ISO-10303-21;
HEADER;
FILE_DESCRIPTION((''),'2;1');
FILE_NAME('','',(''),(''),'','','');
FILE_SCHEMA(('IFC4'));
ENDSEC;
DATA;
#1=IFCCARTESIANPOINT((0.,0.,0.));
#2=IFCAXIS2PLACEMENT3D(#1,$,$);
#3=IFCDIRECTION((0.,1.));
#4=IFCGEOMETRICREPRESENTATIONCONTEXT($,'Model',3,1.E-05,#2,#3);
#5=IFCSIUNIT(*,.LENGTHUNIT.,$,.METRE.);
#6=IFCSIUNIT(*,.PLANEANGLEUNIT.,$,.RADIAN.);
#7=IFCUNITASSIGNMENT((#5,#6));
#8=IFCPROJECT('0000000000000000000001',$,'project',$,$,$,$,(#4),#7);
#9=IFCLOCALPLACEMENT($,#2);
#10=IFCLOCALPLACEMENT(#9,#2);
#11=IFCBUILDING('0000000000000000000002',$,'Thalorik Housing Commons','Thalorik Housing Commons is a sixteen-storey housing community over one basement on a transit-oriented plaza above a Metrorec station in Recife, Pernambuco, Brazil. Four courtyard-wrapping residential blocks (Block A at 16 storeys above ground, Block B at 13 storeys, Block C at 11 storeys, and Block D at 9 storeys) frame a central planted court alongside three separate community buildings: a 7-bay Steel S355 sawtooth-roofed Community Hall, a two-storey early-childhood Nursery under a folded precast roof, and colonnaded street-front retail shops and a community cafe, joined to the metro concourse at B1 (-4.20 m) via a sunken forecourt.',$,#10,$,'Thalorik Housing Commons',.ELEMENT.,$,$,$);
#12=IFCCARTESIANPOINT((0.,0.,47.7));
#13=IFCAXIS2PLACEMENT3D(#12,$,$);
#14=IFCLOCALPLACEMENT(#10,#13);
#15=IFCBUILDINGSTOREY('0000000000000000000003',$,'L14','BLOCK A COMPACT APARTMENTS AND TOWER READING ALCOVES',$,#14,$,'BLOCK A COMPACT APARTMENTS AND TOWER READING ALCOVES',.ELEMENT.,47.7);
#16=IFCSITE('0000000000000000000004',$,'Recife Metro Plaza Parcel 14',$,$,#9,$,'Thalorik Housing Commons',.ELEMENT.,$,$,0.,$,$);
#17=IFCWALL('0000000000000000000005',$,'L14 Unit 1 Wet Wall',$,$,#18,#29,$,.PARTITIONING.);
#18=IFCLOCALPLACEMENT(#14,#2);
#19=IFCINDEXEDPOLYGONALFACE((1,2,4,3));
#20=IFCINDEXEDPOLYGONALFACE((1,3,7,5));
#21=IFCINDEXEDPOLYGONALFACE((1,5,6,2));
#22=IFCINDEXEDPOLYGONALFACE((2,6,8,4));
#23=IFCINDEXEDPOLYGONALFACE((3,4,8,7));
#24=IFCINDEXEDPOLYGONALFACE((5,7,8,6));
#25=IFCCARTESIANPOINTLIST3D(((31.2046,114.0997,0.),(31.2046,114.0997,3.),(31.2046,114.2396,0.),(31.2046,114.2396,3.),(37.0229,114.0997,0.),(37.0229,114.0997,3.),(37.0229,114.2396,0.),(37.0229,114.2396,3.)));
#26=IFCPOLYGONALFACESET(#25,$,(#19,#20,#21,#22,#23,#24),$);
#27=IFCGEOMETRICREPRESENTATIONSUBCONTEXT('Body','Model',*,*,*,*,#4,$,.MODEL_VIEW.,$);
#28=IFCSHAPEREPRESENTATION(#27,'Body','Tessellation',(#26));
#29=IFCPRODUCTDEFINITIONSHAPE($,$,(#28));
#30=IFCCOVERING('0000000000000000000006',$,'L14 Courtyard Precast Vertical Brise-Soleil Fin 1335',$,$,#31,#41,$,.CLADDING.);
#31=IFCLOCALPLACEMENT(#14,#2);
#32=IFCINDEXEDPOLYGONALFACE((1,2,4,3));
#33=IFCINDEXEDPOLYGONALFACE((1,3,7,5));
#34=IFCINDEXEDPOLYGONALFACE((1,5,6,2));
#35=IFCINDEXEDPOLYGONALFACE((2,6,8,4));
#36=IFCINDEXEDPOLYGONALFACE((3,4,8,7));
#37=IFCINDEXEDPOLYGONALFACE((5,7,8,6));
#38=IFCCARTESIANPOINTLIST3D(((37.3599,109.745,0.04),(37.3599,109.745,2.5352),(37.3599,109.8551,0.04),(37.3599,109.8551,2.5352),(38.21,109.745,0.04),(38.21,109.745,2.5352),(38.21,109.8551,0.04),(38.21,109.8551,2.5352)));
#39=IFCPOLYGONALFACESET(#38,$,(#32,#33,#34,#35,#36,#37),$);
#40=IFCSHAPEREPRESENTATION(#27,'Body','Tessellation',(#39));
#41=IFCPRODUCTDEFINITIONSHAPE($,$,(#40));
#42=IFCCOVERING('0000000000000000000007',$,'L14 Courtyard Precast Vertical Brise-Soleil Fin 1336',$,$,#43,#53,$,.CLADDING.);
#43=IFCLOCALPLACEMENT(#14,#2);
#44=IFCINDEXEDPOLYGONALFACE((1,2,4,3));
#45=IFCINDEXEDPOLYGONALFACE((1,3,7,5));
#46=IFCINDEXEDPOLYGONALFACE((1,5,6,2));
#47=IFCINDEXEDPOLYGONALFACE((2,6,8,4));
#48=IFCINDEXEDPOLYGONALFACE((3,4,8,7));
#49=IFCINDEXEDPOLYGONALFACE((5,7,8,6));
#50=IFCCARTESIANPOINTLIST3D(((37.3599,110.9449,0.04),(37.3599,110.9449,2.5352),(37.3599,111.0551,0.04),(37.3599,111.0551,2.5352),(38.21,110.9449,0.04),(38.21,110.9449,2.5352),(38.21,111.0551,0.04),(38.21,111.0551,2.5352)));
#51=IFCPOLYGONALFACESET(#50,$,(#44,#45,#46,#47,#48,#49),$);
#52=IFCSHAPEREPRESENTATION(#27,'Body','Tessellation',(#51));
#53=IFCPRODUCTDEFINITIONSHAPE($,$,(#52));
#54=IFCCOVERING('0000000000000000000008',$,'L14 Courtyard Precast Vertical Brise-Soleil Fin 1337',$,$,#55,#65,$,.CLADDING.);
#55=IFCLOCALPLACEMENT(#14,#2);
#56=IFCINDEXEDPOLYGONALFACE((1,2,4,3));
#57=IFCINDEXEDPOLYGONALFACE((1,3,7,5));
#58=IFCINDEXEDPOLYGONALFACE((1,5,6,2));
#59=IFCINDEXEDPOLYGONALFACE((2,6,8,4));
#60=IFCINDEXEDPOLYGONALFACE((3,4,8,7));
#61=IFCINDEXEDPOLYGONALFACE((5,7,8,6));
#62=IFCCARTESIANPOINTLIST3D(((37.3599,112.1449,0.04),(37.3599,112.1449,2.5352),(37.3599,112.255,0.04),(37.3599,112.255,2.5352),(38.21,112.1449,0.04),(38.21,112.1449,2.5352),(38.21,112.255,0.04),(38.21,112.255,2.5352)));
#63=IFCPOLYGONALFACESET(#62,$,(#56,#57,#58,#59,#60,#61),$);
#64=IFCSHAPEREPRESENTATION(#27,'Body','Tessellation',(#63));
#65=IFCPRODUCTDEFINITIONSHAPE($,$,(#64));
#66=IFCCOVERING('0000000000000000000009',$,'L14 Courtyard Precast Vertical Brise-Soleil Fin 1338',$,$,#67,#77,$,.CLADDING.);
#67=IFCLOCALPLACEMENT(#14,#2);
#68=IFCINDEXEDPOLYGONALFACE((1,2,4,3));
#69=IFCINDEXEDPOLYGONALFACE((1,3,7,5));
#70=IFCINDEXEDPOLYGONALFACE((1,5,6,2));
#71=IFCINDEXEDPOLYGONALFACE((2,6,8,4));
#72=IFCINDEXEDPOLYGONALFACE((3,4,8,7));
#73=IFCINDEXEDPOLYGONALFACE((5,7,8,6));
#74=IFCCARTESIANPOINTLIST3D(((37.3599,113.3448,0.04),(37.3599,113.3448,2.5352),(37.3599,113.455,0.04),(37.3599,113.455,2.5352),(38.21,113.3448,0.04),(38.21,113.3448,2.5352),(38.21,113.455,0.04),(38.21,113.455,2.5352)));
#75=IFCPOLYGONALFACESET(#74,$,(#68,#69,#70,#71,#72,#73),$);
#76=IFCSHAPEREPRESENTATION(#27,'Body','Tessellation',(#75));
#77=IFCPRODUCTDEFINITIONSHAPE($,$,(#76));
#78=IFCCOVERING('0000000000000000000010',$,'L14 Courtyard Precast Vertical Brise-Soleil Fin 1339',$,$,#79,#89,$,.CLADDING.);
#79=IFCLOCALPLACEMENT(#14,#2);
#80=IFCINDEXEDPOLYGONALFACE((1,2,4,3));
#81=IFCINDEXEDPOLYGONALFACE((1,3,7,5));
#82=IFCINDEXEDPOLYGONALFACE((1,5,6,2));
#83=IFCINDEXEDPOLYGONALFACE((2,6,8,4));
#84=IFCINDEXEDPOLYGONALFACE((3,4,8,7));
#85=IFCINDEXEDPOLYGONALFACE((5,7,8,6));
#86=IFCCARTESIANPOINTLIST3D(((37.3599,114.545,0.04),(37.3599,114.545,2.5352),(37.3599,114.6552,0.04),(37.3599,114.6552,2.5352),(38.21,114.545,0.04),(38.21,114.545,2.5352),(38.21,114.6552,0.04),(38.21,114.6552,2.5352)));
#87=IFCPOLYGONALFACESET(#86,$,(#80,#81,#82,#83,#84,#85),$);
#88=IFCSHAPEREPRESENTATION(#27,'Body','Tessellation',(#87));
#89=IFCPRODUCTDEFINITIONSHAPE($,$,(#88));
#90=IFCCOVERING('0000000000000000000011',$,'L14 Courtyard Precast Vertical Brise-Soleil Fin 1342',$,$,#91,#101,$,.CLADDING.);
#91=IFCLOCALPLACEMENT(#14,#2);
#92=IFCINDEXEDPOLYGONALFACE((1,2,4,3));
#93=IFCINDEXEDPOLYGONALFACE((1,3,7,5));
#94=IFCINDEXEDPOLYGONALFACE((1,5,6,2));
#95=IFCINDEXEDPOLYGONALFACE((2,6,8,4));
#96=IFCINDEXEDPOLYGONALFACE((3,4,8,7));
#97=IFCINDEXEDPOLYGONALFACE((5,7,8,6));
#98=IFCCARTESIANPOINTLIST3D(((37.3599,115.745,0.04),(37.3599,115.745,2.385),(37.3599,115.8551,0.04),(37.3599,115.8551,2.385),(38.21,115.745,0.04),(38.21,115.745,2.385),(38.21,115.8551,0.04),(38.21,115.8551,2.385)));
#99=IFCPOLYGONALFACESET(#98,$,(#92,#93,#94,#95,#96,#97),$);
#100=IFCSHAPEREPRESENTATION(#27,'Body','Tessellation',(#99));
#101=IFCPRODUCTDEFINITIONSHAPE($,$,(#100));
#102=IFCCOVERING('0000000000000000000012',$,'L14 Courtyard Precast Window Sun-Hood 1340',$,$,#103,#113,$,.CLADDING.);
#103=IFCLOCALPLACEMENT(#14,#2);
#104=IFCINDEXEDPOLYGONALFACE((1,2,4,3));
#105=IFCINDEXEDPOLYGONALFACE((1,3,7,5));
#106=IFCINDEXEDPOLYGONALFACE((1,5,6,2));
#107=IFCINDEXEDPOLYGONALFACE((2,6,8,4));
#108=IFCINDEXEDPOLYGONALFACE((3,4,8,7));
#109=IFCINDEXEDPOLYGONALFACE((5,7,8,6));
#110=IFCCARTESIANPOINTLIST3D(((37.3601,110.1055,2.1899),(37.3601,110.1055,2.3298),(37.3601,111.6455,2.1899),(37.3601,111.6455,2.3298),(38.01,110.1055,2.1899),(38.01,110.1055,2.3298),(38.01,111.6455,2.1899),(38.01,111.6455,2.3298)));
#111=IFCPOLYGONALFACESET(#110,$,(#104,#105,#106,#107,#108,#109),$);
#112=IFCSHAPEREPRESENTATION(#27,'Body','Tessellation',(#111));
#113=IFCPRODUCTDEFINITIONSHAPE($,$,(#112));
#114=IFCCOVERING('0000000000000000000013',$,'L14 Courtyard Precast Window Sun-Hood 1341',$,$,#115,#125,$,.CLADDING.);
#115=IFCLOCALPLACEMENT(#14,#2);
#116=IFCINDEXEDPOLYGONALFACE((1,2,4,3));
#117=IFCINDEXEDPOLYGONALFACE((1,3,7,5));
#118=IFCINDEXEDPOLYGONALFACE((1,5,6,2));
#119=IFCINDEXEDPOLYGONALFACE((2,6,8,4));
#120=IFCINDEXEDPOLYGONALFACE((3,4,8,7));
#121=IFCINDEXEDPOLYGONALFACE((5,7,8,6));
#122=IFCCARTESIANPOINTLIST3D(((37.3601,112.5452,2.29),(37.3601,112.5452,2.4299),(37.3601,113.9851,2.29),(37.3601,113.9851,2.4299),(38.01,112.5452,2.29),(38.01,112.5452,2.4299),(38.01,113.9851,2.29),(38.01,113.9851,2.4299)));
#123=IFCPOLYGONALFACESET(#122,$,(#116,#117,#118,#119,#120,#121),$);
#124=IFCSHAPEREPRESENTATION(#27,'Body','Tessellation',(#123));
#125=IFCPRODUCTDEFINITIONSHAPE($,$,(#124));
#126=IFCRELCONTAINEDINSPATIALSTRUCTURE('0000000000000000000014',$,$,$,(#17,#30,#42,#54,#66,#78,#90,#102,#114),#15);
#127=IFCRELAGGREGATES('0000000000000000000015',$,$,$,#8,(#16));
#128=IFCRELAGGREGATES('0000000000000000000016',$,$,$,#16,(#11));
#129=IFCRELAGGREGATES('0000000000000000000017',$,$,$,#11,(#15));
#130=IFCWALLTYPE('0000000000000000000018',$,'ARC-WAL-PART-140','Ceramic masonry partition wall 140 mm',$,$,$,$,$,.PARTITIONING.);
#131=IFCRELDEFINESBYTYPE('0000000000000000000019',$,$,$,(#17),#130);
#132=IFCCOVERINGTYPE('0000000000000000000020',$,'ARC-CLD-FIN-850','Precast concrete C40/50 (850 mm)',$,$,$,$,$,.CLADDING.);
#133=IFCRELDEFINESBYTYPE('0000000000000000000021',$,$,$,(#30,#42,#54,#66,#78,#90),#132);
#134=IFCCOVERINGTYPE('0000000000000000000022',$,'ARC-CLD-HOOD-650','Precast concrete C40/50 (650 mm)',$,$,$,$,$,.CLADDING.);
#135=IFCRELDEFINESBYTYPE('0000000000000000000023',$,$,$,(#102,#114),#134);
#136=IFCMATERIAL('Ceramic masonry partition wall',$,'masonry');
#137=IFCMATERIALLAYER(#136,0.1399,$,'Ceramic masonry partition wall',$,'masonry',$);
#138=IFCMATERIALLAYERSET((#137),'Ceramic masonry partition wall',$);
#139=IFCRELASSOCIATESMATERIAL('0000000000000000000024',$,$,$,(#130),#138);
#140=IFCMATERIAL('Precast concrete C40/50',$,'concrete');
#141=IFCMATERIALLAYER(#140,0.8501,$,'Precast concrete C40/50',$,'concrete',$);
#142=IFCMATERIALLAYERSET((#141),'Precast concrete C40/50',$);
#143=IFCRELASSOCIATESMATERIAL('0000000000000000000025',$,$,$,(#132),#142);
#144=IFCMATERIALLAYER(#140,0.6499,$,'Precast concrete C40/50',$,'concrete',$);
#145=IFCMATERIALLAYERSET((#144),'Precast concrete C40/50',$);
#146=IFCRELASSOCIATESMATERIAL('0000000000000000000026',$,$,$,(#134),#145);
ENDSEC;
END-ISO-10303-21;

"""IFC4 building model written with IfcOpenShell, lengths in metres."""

from ifc_helpers import new_model, si_unit, direction, frame, frame_2d, origin, origin_2d, place, context, subcontext, project, spatial, rectangle, extrude, material, layer, layer_set, type_object, element, save


model = new_model("IFC4")

# Units and contexts
model_context = context("Model", 3, precision=1e-05, world=origin(), true_north=direction((0.0, 1.0)))
body_context = subcontext(model_context, "Body", "Model", "MODEL_VIEW")
ifc_project = project(units=[si_unit("LENGTHUNIT", "METRE"), si_unit("PLANEANGLEUNIT", "RADIAN")], contexts=[model_context])

# Site, building, storey
site_placement = place(None, origin())
site = spatial("IfcSite", under=ifc_project, at=site_placement, Name="Recife Metro Plaza Parcel 14", LongName="Thalorik Housing Commons", CompositionType="ELEMENT", RefElevation=0.0)
building_placement = place(site_placement, origin())
building = spatial("IfcBuilding", under=site, at=building_placement, Name="Thalorik Housing Commons", Description="Thalorik Housing Commons is a sixteen-storey housing community over one basement on a transit-oriented plaza above a Metrorec station in Recife, Pernambuco, Brazil. Four courtyard-wrapping residential blocks (Block A at 16 storeys above ground, Block B at 13 storeys, Block C at 11 storeys, and Block D at 9 storeys) frame a central planted court alongside three separate community buildings: a 7-bay Steel S355 sawtooth-roofed Community Hall, a two-storey early-childhood Nursery under a folded precast roof, and colonnaded street-front retail shops and a community cafe, joined to the metro concourse at B1 (-4.20 m) via a sunken forecourt.", LongName="Thalorik Housing Commons", CompositionType="ELEMENT")
storey_placement = place(building_placement, frame((0.0, 0.0, 47.7)))
storey = spatial("IfcBuildingStorey", under=building, at=storey_placement, Name="L14", Description="BLOCK A COMPACT APARTMENTS AND TOWER READING ALCOVES", LongName="BLOCK A COMPACT APARTMENTS AND TOWER READING ALCOVES", CompositionType="ELEMENT", Elevation=47.7)

# Shared definitions
ifc_material_1 = material(Name="Precast concrete C40/50", Category="concrete")

# Wall
ifc_material_2 = material(Name="Ceramic masonry partition wall", Category="masonry")
ifc_layer_1 = layer(ifc_material_2, 0.1399, Name="Ceramic masonry partition wall", Category="masonry")
ifc_layer_set_1 = layer_set([ifc_layer_1], Name="Ceramic masonry partition wall")
wall_type_1 = type_object("IfcWallType", Name="ARC-WAL-PART-140", Description="Ceramic masonry partition wall 140 mm", PredefinedType="PARTITIONING", material=ifc_layer_set_1)
wall_1_placement = place(storey_placement, frame((31.2046, 114.1697, 0.0), z_axis=(0.0, 0.0, 1.0), x_axis=(1.0, 0.0, 0.0)))
element("IfcWall", 1, at=wall_1_placement, inside=storey, type_object=wall_type_1, Name="L14 Unit 1 Wet Wall", PredefinedType="PARTITIONING", context=body_context, shape_type="SweptSolid", body=[
    extrude(rectangle(XDim=5.8184, YDim=0.1399, at=frame_2d((2.9092, 0.0))), origin(), (0.0, 0.0, 1.0), 3.0),
])

# Coverings
ifc_layer_2 = layer(ifc_material_1, 0.8501, Name="Precast concrete C40/50", Category="concrete")
ifc_layer_set_2 = layer_set([ifc_layer_2], Name="Precast concrete C40/50")
covering_type_1 = type_object("IfcCoveringType", Name="ARC-CLD-FIN-850", Description="Precast concrete C40/50 (850 mm)", PredefinedType="CLADDING", material=ifc_layer_set_2)
for number, where, z_axis, x_axis, name in (
    (2, (37.7849, 109.8, 0.04), (0.0, 0.0, 1.0), (0.0, 1.0, 0.0), "L14 Courtyard Precast Vertical Brise-Soleil Fin 1335"),
    (3, (37.7849, 111.0, 0.04), (0.0, 0.0, 1.0), (0.0, 1.0, 0.0), "L14 Courtyard Precast Vertical Brise-Soleil Fin 1336"),
    (4, (37.7849, 112.2, 0.04), (0.0, 0.0, 1.0), (0.0, 1.0, 0.0), "L14 Courtyard Precast Vertical Brise-Soleil Fin 1337"),
    (5, (37.7849, 113.3999, 0.04), (0.0, 0.0, 1.0), (0.0, 1.0, 0.0), "L14 Courtyard Precast Vertical Brise-Soleil Fin 1338"),
    (6, (37.7849, 114.6001, 0.04), (0.0, 0.0, 1.0), (0.0, 1.0, 0.0), "L14 Courtyard Precast Vertical Brise-Soleil Fin 1339"),
):
    element("IfcCovering", number, at=place(storey_placement, frame(where, z_axis=z_axis, x_axis=x_axis)), inside=storey, type_object=covering_type_1, Name=name, PredefinedType="CLADDING", context=body_context, shape_type="SweptSolid", body=[
        extrude(rectangle(XDim=0.1101, YDim=0.8501, at=origin_2d()), origin(), (0.0, 0.0, 1.0), 2.4951),
    ])
covering_1_placement = place(storey_placement, frame((37.7849, 115.8, 0.04), z_axis=(0.0, 0.0, 1.0), x_axis=(0.0, 1.0, 0.0)))
element("IfcCovering", 7, at=covering_1_placement, inside=storey, type_object=covering_type_1, Name="L14 Courtyard Precast Vertical Brise-Soleil Fin 1342", PredefinedType="CLADDING", context=body_context, shape_type="SweptSolid", body=[
    extrude(rectangle(XDim=0.1101, YDim=0.8501, at=origin_2d()), origin(), (0.0, 0.0, 1.0), 2.345),
])
ifc_layer_3 = layer(ifc_material_1, 0.6499, Name="Precast concrete C40/50", Category="concrete")
ifc_layer_set_3 = layer_set([ifc_layer_3], Name="Precast concrete C40/50")
covering_type_2 = type_object("IfcCoveringType", Name="ARC-CLD-HOOD-650", Description="Precast concrete C40/50 (650 mm)", PredefinedType="CLADDING", material=ifc_layer_set_3)
covering_2_placement = place(storey_placement, frame((37.6851, 110.8755, 2.1899), z_axis=(0.0, 0.0, 1.0), x_axis=(0.0, 1.0, 0.0)))
element("IfcCovering", 8, at=covering_2_placement, inside=storey, type_object=covering_type_2, Name="L14 Courtyard Precast Window Sun-Hood 1340", PredefinedType="CLADDING", context=body_context, shape_type="SweptSolid", body=[
    extrude(rectangle(XDim=1.54, YDim=0.6499, at=origin_2d()), origin(), (0.0, 0.0, 1.0), 0.1399),
])
covering_3_placement = place(storey_placement, frame((37.6851, 113.2651, 2.29), z_axis=(0.0, 0.0, 1.0), x_axis=(0.0, 1.0, 0.0)))
element("IfcCovering", 9, at=covering_3_placement, inside=storey, type_object=covering_type_2, Name="L14 Courtyard Precast Window Sun-Hood 1341", PredefinedType="CLADDING", context=body_context, shape_type="SweptSolid", body=[
    extrude(rectangle(XDim=1.4399, YDim=0.6499, at=origin_2d()), origin(), (0.0, 0.0, 1.0), 0.1399),
])

save(model, "model.ifc")
